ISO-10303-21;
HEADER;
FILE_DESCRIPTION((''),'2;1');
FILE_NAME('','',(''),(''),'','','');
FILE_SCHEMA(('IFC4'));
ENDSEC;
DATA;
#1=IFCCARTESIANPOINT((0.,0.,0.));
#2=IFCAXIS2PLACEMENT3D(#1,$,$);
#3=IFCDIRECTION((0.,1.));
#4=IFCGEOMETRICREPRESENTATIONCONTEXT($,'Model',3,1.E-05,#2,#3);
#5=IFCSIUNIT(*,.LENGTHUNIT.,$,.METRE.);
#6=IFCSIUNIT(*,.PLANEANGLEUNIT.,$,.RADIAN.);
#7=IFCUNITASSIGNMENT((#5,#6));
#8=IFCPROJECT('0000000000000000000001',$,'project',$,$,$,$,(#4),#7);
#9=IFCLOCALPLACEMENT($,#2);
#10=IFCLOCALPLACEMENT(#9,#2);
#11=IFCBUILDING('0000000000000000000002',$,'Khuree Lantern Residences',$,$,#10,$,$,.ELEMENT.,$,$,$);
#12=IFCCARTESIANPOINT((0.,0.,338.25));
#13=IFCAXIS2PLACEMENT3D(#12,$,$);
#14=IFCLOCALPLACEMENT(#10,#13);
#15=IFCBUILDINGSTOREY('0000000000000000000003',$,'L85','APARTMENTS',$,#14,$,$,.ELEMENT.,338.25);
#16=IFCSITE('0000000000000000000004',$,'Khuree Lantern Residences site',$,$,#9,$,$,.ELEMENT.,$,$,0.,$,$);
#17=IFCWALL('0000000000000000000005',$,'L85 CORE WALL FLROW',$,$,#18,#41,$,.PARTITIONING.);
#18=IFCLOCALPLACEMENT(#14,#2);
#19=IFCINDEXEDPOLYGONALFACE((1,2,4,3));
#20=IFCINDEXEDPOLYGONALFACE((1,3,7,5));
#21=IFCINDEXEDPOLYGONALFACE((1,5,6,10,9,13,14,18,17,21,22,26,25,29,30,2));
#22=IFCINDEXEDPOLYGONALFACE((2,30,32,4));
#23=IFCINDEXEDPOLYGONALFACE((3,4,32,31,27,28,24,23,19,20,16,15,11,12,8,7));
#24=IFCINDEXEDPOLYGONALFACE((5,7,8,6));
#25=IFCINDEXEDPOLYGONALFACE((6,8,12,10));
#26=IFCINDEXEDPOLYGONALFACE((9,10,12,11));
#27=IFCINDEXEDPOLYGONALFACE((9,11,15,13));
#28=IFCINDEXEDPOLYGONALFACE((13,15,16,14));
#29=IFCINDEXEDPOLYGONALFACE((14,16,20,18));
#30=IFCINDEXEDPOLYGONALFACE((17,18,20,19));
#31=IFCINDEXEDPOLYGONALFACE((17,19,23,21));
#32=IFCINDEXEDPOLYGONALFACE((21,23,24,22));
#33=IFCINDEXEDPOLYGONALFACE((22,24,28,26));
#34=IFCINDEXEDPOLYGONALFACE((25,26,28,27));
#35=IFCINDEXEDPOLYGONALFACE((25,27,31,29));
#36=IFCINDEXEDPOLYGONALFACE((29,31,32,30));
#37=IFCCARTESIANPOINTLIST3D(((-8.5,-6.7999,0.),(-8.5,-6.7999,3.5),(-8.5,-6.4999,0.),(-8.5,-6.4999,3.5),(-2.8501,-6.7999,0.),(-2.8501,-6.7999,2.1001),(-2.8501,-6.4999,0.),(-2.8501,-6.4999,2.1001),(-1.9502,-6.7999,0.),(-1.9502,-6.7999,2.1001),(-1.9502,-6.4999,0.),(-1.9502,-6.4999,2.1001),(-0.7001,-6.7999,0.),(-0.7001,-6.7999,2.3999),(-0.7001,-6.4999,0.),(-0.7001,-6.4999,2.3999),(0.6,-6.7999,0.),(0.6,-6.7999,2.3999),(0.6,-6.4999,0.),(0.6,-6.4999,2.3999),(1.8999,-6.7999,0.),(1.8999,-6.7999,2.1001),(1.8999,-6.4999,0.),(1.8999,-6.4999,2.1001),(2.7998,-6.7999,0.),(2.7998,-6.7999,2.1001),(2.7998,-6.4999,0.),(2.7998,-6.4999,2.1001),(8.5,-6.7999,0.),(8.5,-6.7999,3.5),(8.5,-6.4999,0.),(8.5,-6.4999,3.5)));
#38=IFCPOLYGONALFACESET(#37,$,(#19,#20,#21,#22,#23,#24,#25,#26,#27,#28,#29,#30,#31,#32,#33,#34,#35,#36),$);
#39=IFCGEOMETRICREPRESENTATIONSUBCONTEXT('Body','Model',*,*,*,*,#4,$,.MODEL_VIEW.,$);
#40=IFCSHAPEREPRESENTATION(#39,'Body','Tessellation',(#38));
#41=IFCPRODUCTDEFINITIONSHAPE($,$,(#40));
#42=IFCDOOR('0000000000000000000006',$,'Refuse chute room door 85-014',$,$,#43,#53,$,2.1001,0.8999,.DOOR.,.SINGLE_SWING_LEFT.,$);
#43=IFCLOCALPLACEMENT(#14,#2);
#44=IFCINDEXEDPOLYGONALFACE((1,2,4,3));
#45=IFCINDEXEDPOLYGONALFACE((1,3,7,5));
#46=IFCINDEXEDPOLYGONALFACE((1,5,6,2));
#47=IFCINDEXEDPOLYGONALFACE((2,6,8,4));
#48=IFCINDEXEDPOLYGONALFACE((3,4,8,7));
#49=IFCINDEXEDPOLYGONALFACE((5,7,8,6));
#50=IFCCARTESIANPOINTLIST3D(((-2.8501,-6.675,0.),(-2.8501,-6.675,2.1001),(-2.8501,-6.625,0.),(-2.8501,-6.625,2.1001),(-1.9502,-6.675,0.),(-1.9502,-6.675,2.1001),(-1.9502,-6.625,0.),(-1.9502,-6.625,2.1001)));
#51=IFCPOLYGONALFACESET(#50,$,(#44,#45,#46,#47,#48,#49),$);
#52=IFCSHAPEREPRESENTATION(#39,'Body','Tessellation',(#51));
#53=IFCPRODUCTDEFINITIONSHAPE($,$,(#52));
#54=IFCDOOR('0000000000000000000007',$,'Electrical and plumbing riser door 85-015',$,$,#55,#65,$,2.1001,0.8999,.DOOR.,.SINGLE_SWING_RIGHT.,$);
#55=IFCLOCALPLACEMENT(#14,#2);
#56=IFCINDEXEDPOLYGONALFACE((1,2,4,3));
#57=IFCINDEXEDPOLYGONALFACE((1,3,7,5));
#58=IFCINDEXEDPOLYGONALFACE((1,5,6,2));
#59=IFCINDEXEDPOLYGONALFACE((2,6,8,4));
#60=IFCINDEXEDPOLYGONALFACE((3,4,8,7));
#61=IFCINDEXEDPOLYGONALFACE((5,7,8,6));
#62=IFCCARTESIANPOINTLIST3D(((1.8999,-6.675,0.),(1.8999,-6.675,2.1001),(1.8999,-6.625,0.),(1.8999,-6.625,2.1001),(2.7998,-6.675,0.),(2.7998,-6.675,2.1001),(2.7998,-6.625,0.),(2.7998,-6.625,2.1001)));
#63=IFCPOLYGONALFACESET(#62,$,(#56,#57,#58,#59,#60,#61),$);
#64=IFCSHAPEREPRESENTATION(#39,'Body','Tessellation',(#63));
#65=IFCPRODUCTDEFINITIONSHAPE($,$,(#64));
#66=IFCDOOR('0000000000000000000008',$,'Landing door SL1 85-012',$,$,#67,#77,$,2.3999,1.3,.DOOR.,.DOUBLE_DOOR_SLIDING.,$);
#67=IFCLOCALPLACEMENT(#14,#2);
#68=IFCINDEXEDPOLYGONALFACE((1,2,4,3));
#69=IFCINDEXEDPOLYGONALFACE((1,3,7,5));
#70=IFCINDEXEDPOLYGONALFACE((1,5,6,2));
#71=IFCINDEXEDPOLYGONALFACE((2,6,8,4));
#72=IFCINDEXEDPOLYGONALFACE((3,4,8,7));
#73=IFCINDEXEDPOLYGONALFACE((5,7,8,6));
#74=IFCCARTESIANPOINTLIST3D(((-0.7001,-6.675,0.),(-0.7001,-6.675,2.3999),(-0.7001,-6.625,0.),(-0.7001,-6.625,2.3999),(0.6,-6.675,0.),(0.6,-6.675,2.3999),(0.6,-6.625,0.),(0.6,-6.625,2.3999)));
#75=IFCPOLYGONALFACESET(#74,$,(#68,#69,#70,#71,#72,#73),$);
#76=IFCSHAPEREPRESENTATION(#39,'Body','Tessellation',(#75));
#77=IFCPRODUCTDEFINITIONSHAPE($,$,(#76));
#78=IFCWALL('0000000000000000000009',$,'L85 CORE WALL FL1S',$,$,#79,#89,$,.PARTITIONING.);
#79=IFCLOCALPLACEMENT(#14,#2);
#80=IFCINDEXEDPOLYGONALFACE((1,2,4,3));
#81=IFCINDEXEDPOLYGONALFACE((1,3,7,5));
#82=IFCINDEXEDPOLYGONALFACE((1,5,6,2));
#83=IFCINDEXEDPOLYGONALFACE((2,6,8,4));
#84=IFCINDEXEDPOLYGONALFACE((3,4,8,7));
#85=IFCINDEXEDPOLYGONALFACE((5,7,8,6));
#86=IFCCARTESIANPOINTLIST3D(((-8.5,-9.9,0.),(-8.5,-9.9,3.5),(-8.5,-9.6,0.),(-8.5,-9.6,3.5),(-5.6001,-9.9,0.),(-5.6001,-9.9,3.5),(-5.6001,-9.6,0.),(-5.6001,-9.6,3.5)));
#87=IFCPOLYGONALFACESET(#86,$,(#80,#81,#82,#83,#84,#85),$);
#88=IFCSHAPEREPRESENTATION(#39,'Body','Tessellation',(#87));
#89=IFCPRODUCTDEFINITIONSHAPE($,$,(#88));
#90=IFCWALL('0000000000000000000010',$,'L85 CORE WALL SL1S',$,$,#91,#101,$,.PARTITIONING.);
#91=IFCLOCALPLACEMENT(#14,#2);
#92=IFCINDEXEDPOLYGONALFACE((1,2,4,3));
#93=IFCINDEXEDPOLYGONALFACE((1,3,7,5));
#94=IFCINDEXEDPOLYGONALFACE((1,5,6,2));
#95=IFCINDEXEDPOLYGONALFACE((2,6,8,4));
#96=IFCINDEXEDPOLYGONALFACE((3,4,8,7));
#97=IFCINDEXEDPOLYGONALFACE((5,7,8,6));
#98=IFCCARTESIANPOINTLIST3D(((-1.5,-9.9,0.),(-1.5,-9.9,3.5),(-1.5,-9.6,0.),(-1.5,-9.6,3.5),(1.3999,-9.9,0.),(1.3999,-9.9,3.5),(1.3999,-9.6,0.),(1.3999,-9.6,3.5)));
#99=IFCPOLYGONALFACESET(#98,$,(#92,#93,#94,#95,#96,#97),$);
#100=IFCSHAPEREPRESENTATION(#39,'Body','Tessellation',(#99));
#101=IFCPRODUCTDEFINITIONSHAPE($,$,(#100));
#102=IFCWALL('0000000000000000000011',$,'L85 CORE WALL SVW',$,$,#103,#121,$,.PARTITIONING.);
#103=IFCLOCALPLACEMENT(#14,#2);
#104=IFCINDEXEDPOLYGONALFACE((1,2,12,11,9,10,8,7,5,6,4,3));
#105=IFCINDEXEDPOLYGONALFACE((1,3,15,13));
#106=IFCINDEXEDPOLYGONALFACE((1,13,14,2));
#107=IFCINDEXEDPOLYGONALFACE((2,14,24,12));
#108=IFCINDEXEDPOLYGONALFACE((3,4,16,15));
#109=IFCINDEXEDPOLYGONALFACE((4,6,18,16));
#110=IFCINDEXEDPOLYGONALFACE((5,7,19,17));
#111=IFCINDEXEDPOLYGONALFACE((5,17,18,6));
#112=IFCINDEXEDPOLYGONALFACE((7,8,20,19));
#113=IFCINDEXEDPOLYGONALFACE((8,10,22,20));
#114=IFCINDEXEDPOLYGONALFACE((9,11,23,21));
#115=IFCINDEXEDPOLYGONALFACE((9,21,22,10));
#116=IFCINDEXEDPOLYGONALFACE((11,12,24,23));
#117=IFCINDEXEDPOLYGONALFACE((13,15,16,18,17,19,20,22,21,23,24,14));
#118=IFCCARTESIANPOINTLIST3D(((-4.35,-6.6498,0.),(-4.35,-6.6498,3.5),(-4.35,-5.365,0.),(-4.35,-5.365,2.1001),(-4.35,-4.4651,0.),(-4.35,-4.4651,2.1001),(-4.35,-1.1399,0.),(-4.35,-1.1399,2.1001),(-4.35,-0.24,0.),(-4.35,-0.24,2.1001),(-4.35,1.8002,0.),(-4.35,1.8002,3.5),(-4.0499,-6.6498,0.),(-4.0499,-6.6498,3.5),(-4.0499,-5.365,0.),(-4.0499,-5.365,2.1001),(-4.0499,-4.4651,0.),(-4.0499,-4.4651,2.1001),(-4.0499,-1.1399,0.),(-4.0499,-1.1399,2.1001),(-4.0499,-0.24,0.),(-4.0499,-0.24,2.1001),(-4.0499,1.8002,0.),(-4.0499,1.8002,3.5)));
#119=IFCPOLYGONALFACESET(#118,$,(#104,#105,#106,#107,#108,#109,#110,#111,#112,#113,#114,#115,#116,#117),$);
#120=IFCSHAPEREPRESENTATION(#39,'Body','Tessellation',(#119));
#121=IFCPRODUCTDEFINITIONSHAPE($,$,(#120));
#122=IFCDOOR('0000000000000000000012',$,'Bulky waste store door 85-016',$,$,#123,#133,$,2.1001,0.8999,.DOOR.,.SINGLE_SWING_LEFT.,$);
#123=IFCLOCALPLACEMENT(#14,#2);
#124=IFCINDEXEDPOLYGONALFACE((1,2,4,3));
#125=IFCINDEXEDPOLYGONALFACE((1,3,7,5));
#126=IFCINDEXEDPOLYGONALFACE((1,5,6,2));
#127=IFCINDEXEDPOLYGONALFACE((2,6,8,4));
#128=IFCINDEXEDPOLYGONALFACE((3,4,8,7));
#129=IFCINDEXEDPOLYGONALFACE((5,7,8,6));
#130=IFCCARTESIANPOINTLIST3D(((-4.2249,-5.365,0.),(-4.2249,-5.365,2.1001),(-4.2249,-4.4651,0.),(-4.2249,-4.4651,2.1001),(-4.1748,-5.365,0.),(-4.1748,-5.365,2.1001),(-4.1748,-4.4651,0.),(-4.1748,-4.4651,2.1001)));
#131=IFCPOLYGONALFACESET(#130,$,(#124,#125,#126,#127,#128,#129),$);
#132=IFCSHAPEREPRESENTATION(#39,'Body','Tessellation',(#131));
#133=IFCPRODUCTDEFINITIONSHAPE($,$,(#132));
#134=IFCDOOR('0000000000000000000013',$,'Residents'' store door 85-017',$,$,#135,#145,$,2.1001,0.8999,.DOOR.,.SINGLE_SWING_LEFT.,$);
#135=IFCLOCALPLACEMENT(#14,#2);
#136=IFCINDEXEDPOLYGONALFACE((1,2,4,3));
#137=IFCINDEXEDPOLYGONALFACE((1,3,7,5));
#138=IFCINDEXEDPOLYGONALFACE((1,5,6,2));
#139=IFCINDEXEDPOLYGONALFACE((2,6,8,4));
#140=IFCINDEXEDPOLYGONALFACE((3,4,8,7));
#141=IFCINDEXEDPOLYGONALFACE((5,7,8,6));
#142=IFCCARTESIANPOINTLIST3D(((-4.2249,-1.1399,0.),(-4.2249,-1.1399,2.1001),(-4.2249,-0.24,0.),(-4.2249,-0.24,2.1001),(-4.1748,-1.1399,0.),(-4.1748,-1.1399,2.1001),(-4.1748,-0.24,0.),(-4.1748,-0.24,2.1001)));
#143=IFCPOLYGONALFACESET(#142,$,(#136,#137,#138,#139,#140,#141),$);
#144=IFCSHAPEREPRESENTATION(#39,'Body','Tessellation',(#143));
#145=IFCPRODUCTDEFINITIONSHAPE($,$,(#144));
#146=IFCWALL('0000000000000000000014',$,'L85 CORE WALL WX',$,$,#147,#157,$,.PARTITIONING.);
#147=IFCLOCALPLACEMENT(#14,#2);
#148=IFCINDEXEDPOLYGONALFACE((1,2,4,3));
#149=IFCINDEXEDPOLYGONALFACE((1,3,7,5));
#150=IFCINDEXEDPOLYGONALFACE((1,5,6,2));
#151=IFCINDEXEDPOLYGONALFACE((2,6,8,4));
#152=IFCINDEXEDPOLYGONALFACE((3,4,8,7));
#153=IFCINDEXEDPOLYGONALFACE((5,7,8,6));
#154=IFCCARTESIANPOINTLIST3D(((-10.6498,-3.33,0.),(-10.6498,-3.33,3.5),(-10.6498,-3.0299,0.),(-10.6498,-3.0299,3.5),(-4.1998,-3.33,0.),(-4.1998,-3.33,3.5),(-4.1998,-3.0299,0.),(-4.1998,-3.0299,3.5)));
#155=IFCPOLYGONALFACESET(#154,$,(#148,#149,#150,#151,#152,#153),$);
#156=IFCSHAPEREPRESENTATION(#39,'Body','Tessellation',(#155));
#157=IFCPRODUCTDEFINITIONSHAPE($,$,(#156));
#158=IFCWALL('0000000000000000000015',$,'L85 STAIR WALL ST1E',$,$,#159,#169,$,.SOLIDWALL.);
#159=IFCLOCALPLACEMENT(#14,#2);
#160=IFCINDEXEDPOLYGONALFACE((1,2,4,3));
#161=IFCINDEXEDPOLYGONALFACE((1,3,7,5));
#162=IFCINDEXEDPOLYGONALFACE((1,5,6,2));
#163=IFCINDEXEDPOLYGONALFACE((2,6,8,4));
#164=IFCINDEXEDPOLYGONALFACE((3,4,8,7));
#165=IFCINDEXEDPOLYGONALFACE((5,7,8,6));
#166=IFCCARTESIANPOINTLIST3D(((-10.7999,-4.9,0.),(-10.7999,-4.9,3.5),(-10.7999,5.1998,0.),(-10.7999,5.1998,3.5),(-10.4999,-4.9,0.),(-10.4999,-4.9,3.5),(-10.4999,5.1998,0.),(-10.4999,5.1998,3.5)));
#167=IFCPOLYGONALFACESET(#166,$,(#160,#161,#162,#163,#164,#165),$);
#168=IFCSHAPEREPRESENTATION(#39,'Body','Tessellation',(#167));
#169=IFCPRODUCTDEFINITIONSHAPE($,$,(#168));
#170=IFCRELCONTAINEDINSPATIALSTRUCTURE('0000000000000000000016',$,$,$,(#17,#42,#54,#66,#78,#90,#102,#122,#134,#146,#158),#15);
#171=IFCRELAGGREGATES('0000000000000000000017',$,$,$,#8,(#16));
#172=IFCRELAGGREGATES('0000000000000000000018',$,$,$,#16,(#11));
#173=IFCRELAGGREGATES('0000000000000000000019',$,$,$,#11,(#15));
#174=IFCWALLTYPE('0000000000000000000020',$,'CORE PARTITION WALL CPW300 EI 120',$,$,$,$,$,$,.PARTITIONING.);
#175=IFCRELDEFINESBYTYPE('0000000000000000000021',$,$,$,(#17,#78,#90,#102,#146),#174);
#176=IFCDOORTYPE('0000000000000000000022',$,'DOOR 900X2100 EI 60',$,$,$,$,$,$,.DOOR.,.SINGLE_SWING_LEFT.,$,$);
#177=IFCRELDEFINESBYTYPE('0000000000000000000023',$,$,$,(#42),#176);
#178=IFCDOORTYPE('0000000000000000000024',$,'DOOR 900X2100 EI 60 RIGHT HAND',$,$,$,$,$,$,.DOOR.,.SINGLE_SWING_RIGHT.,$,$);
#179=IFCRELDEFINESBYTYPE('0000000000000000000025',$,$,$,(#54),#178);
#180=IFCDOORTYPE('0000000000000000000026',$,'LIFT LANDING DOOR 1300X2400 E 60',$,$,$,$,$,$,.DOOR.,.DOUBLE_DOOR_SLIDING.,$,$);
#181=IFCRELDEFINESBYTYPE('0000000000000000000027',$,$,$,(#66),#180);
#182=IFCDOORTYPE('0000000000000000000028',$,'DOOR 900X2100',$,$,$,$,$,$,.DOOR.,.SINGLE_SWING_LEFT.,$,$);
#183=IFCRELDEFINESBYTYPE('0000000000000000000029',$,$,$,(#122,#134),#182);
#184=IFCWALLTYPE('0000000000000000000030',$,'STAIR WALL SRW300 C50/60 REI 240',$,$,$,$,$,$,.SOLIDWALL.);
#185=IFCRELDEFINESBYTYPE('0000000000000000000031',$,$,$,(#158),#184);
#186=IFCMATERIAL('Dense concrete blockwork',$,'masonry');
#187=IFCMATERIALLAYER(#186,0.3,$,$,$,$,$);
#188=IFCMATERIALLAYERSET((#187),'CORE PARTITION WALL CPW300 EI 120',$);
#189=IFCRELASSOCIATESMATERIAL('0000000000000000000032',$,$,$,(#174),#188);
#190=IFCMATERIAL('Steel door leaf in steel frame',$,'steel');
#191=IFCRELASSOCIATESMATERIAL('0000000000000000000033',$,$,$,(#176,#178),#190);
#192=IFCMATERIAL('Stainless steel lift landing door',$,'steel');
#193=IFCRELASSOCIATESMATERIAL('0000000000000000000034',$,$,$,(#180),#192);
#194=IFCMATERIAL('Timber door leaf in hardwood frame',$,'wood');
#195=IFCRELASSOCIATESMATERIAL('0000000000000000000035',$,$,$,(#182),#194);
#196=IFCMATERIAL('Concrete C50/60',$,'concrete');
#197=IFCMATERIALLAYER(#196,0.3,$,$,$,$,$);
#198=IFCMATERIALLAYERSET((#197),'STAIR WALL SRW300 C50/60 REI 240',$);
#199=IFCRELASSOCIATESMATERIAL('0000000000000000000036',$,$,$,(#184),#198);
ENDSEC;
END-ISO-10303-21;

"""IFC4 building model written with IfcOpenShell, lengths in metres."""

from ifc_helpers import new_model, si_unit, direction, frame, frame_2d, origin, place, context, subcontext, project, spatial, rectangle, extrude, material, layer, layer_set, type_object, element, fill, save


model = new_model("IFC4")

# Units and contexts
model_context = context("Model", 3, precision=1e-05, world=origin(), true_north=direction((0.0, 1.0)))
body_context = subcontext(model_context, "Body", "Model", "MODEL_VIEW")
ifc_project = project(units=[si_unit("LENGTHUNIT", "METRE"), si_unit("PLANEANGLEUNIT", "RADIAN")], contexts=[model_context])

# Site, building, storey
site_placement = place(None, origin())
site = spatial("IfcSite", under=ifc_project, at=site_placement, Name="Khuree Lantern Residences site", CompositionType="ELEMENT", RefElevation=0.0)
building_placement = place(site_placement, origin())
building = spatial("IfcBuilding", under=site, at=building_placement, Name="Khuree Lantern Residences", CompositionType="ELEMENT")
storey_placement = place(building_placement, frame((0.0, 0.0, 338.25)))
storey = spatial("IfcBuildingStorey", under=building, at=storey_placement, Name="L85", Description="APARTMENTS", CompositionType="ELEMENT", Elevation=338.25)

# Wall, openings, doors
ifc_material_1 = material(Name="Dense concrete blockwork", Category="masonry")
ifc_layer_1 = layer(ifc_material_1, 0.3)
ifc_layer_set_1 = layer_set([ifc_layer_1], Name="CORE PARTITION WALL CPW300 EI 120")
wall_type_1 = type_object("IfcWallType", Name="CORE PARTITION WALL CPW300 EI 120", PredefinedType="PARTITIONING", material=ifc_layer_set_1)
wall_1_placement = place(storey_placement, frame((-8.5, -6.6499, 0.0), z_axis=(0.0, 0.0, 1.0), x_axis=(1.0, 0.0, 0.0)))
wall_1 = element("IfcWall", 1, at=wall_1_placement, inside=storey, type_object=wall_type_1, Name="L85 CORE WALL FLROW", PredefinedType="PARTITIONING", context=body_context, shape_type="SweptSolid", body=[
    extrude(rectangle(XDim=17.0, YDim=0.3, at=frame_2d((8.5, 0.0))), origin(), (0.0, 0.0, 1.0), 3.5),
])
opening_1_placement = place(wall_1_placement, frame((7.8, 0.0, 0.0)))
opening_1 = element("IfcOpeningElement", 2, at=opening_1_placement, cuts=wall_1, PredefinedType="OPENING", context=body_context, shape_type="SweptSolid", body=[
    extrude(rectangle(XDim=1.3, YDim=2.3999, at=frame_2d((0.6499, 1.2))), frame((0.0, 0.1602, 0.0), z_axis=(0.0, -1.0, 0.0), x_axis=(1.0, 0.0, 0.0)), (0.0, 0.0, 1.0), 0.3201),
])
opening_2_placement = place(wall_1_placement, frame((5.6499, 0.0, 0.0)))
opening_2 = element("IfcOpeningElement", 3, at=opening_2_placement, cuts=wall_1, PredefinedType="OPENING", context=body_context, shape_type="SweptSolid", body=[
    extrude(rectangle(XDim=0.8999, YDim=2.1001, at=frame_2d((0.45, 1.05))), frame((0.0, 0.1602, 0.0), z_axis=(0.0, -1.0, 0.0), x_axis=(1.0, 0.0, 0.0)), (0.0, 0.0, 1.0), 0.3201),
])
opening_3_placement = place(wall_1_placement, frame((10.3999, 0.0, 0.0)))
opening_3 = element("IfcOpeningElement", 4, at=opening_3_placement, cuts=wall_1, PredefinedType="OPENING", context=body_context, shape_type="SweptSolid", body=[
    extrude(rectangle(XDim=0.8999, YDim=2.1001, at=frame_2d((0.45, 1.05))), frame((0.0, 0.1602, 0.0), z_axis=(0.0, -1.0, 0.0), x_axis=(1.0, 0.0, 0.0)), (0.0, 0.0, 1.0), 0.3201),
])
ifc_material_2 = material(Name="Steel door leaf in steel frame", Category="steel")
door_type_1 = type_object("IfcDoorType", Name="DOOR 900X2100 EI 60", OperationType="SINGLE_SWING_LEFT", PredefinedType="DOOR", material=ifc_material_2)
door_1_placement = place(opening_2_placement, origin())
door_1 = element("IfcDoor", 5, at=door_1_placement, inside=storey, type_object=door_type_1, Name="Refuse chute room door 85-014", OperationType="SINGLE_SWING_LEFT", OverallHeight=2.1001, OverallWidth=0.8999, PredefinedType="DOOR", context=body_context, shape_type="SweptSolid", body=[
    extrude(rectangle(XDim=0.8999, YDim=2.1001, at=frame_2d((0.45, 1.05))), frame((0.0, 0.0249, 0.0), z_axis=(0.0, -1.0, 0.0), x_axis=(1.0, 0.0, 0.0)), (0.0, 0.0, 1.0), 0.05),
])
fill(opening_2, door_1)
door_type_2 = type_object("IfcDoorType", Name="DOOR 900X2100 EI 60 RIGHT HAND", OperationType="SINGLE_SWING_RIGHT", PredefinedType="DOOR", material=ifc_material_2)
door_2_placement = place(opening_3_placement, origin())
door_2 = element("IfcDoor", 6, at=door_2_placement, inside=storey, type_object=door_type_2, Name="Electrical and plumbing riser door 85-015", OperationType="SINGLE_SWING_RIGHT", OverallHeight=2.1001, OverallWidth=0.8999, PredefinedType="DOOR", context=body_context, shape_type="SweptSolid", body=[
    extrude(rectangle(XDim=0.8999, YDim=2.1001, at=frame_2d((0.45, 1.05))), frame((0.0, 0.0249, 0.0), z_axis=(0.0, -1.0, 0.0), x_axis=(1.0, 0.0, 0.0)), (0.0, 0.0, 1.0), 0.05),
])
fill(opening_3, door_2)
ifc_material_3 = material(Name="Stainless steel lift landing door", Category="steel")
door_type_3 = type_object("IfcDoorType", Name="LIFT LANDING DOOR 1300X2400 E 60", OperationType="DOUBLE_DOOR_SLIDING", PredefinedType="DOOR", material=ifc_material_3)
door_3_placement = place(opening_1_placement, origin())
door_3 = element("IfcDoor", 7, at=door_3_placement, inside=storey, type_object=door_type_3, Name="Landing door SL1 85-012", OperationType="DOUBLE_DOOR_SLIDING", OverallHeight=2.3999, OverallWidth=1.3, PredefinedType="DOOR", context=body_context, shape_type="SweptSolid", body=[
    extrude(rectangle(XDim=1.3, YDim=2.3999, at=frame_2d((0.6499, 1.2))), frame((0.0, 0.0249, 0.0), z_axis=(0.0, -1.0, 0.0), x_axis=(1.0, 0.0, 0.0)), (0.0, 0.0, 1.0), 0.05),
])
fill(opening_1, door_3)

# Walls
for number, where, z_axis, x_axis, name in (
    (8, (-8.5, -9.75, 0.0), (0.0, 0.0, 1.0), (1.0, 0.0, 0.0), "L85 CORE WALL FL1S"),
    (9, (-1.5, -9.75, 0.0), (0.0, 0.0, 1.0), (1.0, 0.0, 0.0), "L85 CORE WALL SL1S"),
):
    element("IfcWall", number, at=place(storey_placement, frame(where, z_axis=z_axis, x_axis=x_axis)), inside=storey, type_object=wall_type_1, Name=name, PredefinedType="PARTITIONING", context=body_context, shape_type="SweptSolid", body=[
        extrude(rectangle(XDim=2.8999, YDim=0.3, at=frame_2d((1.45, 0.0))), origin(), (0.0, 0.0, 1.0), 3.5),
    ])

# Wall, openings, doors
wall_2_placement = place(storey_placement, frame((-4.2, -6.6499, 0.0), z_axis=(0.0, 0.0, 1.0), x_axis=(0.0, 1.0, 0.0)))
wall_2 = element("IfcWall", 10, at=wall_2_placement, inside=storey, type_object=wall_type_1, Name="L85 CORE WALL SVW", PredefinedType="PARTITIONING", context=body_context, shape_type="SweptSolid", body=[
    extrude(rectangle(XDim=8.45, YDim=0.3, at=frame_2d((4.2251, 0.0))), origin(), (0.0, 0.0, 1.0), 3.5),
])
opening_4_placement = place(wall_2_placement, frame((1.2849, 0.0, 0.0)))
opening_4 = element("IfcOpeningElement", 11, at=opening_4_placement, cuts=wall_2, PredefinedType="OPENING", context=body_context, shape_type="SweptSolid", body=[
    extrude(rectangle(XDim=0.8999, YDim=2.1001, at=frame_2d((0.45, 1.05))), frame((0.0, 0.1602, 0.0), z_axis=(0.0, -1.0, 0.0), x_axis=(1.0, 0.0, 0.0)), (0.0, 0.0, 1.0), 0.3201),
])
opening_5_placement = place(wall_2_placement, frame((5.51, 0.0, 0.0)))
opening_5 = element("IfcOpeningElement", 12, at=opening_5_placement, cuts=wall_2, PredefinedType="OPENING", context=body_context, shape_type="SweptSolid", body=[
    extrude(rectangle(XDim=0.8999, YDim=2.1001, at=frame_2d((0.45, 1.05))), frame((0.0, 0.1602, 0.0), z_axis=(0.0, -1.0, 0.0), x_axis=(1.0, 0.0, 0.0)), (0.0, 0.0, 1.0), 0.3201),
])
ifc_material_4 = material(Name="Timber door leaf in hardwood frame", Category="wood")
door_type_4 = type_object("IfcDoorType", Name="DOOR 900X2100", OperationType="SINGLE_SWING_LEFT", PredefinedType="DOOR", material=ifc_material_4)
door_4_placement = place(opening_4_placement, origin())
door_4 = element("IfcDoor", 13, at=door_4_placement, inside=storey, type_object=door_type_4, Name="Bulky waste store door 85-016", OperationType="SINGLE_SWING_LEFT", OverallHeight=2.1001, OverallWidth=0.8999, PredefinedType="DOOR", context=body_context, shape_type="SweptSolid", body=[
    extrude(rectangle(XDim=0.8999, YDim=2.1001, at=frame_2d((0.45, 1.05))), frame((0.0, 0.0249, 0.0), z_axis=(0.0, -1.0, 0.0), x_axis=(1.0, 0.0, 0.0)), (0.0, 0.0, 1.0), 0.05),
])
fill(opening_4, door_4)
door_5_placement = place(opening_5_placement, origin())
door_5 = element("IfcDoor", 14, at=door_5_placement, inside=storey, type_object=door_type_4, Name="Residents' store door 85-017", OperationType="SINGLE_SWING_LEFT", OverallHeight=2.1001, OverallWidth=0.8999, PredefinedType="DOOR", context=body_context, shape_type="SweptSolid", body=[
    extrude(rectangle(XDim=0.8999, YDim=2.1001, at=frame_2d((0.45, 1.05))), frame((0.0, 0.0249, 0.0), z_axis=(0.0, -1.0, 0.0), x_axis=(1.0, 0.0, 0.0)), (0.0, 0.0, 1.0), 0.05),
])
fill(opening_5, door_5)

# Walls
wall_3_placement = place(storey_placement, frame((-10.6499, -3.1799, 0.0), z_axis=(0.0, 0.0, 1.0), x_axis=(1.0, 0.0, 0.0)))
element("IfcWall", 15, at=wall_3_placement, inside=storey, type_object=wall_type_1, Name="L85 CORE WALL WX", PredefinedType="PARTITIONING", context=body_context, shape_type="SweptSolid", body=[
    extrude(rectangle(XDim=6.45, YDim=0.3, at=frame_2d((3.2251, 0.0))), origin(), (0.0, 0.0, 1.0), 3.5),
])
ifc_material_5 = material(Name="Concrete C50/60", Category="concrete")
ifc_layer_2 = layer(ifc_material_5, 0.3)
ifc_layer_set_2 = layer_set([ifc_layer_2], Name="STAIR WALL SRW300 C50/60 REI 240")
wall_type_2 = type_object("IfcWallType", Name="STAIR WALL SRW300 C50/60 REI 240", PredefinedType="SOLIDWALL", material=ifc_layer_set_2)
wall_4_placement = place(storey_placement, frame((-10.6499, -4.8999, 0.0), z_axis=(0.0, 0.0, 1.0), x_axis=(0.0, 1.0, 0.0)))
element("IfcWall", 16, at=wall_4_placement, inside=storey, type_object=wall_type_2, Name="L85 STAIR WALL ST1E", PredefinedType="SOLIDWALL", context=body_context, shape_type="SweptSolid", body=[
    extrude(rectangle(XDim=10.0999, YDim=0.3, at=frame_2d((5.0498, 0.0))), origin(), (0.0, 0.0, 1.0), 3.5),
])

save(model, "model.ifc")
